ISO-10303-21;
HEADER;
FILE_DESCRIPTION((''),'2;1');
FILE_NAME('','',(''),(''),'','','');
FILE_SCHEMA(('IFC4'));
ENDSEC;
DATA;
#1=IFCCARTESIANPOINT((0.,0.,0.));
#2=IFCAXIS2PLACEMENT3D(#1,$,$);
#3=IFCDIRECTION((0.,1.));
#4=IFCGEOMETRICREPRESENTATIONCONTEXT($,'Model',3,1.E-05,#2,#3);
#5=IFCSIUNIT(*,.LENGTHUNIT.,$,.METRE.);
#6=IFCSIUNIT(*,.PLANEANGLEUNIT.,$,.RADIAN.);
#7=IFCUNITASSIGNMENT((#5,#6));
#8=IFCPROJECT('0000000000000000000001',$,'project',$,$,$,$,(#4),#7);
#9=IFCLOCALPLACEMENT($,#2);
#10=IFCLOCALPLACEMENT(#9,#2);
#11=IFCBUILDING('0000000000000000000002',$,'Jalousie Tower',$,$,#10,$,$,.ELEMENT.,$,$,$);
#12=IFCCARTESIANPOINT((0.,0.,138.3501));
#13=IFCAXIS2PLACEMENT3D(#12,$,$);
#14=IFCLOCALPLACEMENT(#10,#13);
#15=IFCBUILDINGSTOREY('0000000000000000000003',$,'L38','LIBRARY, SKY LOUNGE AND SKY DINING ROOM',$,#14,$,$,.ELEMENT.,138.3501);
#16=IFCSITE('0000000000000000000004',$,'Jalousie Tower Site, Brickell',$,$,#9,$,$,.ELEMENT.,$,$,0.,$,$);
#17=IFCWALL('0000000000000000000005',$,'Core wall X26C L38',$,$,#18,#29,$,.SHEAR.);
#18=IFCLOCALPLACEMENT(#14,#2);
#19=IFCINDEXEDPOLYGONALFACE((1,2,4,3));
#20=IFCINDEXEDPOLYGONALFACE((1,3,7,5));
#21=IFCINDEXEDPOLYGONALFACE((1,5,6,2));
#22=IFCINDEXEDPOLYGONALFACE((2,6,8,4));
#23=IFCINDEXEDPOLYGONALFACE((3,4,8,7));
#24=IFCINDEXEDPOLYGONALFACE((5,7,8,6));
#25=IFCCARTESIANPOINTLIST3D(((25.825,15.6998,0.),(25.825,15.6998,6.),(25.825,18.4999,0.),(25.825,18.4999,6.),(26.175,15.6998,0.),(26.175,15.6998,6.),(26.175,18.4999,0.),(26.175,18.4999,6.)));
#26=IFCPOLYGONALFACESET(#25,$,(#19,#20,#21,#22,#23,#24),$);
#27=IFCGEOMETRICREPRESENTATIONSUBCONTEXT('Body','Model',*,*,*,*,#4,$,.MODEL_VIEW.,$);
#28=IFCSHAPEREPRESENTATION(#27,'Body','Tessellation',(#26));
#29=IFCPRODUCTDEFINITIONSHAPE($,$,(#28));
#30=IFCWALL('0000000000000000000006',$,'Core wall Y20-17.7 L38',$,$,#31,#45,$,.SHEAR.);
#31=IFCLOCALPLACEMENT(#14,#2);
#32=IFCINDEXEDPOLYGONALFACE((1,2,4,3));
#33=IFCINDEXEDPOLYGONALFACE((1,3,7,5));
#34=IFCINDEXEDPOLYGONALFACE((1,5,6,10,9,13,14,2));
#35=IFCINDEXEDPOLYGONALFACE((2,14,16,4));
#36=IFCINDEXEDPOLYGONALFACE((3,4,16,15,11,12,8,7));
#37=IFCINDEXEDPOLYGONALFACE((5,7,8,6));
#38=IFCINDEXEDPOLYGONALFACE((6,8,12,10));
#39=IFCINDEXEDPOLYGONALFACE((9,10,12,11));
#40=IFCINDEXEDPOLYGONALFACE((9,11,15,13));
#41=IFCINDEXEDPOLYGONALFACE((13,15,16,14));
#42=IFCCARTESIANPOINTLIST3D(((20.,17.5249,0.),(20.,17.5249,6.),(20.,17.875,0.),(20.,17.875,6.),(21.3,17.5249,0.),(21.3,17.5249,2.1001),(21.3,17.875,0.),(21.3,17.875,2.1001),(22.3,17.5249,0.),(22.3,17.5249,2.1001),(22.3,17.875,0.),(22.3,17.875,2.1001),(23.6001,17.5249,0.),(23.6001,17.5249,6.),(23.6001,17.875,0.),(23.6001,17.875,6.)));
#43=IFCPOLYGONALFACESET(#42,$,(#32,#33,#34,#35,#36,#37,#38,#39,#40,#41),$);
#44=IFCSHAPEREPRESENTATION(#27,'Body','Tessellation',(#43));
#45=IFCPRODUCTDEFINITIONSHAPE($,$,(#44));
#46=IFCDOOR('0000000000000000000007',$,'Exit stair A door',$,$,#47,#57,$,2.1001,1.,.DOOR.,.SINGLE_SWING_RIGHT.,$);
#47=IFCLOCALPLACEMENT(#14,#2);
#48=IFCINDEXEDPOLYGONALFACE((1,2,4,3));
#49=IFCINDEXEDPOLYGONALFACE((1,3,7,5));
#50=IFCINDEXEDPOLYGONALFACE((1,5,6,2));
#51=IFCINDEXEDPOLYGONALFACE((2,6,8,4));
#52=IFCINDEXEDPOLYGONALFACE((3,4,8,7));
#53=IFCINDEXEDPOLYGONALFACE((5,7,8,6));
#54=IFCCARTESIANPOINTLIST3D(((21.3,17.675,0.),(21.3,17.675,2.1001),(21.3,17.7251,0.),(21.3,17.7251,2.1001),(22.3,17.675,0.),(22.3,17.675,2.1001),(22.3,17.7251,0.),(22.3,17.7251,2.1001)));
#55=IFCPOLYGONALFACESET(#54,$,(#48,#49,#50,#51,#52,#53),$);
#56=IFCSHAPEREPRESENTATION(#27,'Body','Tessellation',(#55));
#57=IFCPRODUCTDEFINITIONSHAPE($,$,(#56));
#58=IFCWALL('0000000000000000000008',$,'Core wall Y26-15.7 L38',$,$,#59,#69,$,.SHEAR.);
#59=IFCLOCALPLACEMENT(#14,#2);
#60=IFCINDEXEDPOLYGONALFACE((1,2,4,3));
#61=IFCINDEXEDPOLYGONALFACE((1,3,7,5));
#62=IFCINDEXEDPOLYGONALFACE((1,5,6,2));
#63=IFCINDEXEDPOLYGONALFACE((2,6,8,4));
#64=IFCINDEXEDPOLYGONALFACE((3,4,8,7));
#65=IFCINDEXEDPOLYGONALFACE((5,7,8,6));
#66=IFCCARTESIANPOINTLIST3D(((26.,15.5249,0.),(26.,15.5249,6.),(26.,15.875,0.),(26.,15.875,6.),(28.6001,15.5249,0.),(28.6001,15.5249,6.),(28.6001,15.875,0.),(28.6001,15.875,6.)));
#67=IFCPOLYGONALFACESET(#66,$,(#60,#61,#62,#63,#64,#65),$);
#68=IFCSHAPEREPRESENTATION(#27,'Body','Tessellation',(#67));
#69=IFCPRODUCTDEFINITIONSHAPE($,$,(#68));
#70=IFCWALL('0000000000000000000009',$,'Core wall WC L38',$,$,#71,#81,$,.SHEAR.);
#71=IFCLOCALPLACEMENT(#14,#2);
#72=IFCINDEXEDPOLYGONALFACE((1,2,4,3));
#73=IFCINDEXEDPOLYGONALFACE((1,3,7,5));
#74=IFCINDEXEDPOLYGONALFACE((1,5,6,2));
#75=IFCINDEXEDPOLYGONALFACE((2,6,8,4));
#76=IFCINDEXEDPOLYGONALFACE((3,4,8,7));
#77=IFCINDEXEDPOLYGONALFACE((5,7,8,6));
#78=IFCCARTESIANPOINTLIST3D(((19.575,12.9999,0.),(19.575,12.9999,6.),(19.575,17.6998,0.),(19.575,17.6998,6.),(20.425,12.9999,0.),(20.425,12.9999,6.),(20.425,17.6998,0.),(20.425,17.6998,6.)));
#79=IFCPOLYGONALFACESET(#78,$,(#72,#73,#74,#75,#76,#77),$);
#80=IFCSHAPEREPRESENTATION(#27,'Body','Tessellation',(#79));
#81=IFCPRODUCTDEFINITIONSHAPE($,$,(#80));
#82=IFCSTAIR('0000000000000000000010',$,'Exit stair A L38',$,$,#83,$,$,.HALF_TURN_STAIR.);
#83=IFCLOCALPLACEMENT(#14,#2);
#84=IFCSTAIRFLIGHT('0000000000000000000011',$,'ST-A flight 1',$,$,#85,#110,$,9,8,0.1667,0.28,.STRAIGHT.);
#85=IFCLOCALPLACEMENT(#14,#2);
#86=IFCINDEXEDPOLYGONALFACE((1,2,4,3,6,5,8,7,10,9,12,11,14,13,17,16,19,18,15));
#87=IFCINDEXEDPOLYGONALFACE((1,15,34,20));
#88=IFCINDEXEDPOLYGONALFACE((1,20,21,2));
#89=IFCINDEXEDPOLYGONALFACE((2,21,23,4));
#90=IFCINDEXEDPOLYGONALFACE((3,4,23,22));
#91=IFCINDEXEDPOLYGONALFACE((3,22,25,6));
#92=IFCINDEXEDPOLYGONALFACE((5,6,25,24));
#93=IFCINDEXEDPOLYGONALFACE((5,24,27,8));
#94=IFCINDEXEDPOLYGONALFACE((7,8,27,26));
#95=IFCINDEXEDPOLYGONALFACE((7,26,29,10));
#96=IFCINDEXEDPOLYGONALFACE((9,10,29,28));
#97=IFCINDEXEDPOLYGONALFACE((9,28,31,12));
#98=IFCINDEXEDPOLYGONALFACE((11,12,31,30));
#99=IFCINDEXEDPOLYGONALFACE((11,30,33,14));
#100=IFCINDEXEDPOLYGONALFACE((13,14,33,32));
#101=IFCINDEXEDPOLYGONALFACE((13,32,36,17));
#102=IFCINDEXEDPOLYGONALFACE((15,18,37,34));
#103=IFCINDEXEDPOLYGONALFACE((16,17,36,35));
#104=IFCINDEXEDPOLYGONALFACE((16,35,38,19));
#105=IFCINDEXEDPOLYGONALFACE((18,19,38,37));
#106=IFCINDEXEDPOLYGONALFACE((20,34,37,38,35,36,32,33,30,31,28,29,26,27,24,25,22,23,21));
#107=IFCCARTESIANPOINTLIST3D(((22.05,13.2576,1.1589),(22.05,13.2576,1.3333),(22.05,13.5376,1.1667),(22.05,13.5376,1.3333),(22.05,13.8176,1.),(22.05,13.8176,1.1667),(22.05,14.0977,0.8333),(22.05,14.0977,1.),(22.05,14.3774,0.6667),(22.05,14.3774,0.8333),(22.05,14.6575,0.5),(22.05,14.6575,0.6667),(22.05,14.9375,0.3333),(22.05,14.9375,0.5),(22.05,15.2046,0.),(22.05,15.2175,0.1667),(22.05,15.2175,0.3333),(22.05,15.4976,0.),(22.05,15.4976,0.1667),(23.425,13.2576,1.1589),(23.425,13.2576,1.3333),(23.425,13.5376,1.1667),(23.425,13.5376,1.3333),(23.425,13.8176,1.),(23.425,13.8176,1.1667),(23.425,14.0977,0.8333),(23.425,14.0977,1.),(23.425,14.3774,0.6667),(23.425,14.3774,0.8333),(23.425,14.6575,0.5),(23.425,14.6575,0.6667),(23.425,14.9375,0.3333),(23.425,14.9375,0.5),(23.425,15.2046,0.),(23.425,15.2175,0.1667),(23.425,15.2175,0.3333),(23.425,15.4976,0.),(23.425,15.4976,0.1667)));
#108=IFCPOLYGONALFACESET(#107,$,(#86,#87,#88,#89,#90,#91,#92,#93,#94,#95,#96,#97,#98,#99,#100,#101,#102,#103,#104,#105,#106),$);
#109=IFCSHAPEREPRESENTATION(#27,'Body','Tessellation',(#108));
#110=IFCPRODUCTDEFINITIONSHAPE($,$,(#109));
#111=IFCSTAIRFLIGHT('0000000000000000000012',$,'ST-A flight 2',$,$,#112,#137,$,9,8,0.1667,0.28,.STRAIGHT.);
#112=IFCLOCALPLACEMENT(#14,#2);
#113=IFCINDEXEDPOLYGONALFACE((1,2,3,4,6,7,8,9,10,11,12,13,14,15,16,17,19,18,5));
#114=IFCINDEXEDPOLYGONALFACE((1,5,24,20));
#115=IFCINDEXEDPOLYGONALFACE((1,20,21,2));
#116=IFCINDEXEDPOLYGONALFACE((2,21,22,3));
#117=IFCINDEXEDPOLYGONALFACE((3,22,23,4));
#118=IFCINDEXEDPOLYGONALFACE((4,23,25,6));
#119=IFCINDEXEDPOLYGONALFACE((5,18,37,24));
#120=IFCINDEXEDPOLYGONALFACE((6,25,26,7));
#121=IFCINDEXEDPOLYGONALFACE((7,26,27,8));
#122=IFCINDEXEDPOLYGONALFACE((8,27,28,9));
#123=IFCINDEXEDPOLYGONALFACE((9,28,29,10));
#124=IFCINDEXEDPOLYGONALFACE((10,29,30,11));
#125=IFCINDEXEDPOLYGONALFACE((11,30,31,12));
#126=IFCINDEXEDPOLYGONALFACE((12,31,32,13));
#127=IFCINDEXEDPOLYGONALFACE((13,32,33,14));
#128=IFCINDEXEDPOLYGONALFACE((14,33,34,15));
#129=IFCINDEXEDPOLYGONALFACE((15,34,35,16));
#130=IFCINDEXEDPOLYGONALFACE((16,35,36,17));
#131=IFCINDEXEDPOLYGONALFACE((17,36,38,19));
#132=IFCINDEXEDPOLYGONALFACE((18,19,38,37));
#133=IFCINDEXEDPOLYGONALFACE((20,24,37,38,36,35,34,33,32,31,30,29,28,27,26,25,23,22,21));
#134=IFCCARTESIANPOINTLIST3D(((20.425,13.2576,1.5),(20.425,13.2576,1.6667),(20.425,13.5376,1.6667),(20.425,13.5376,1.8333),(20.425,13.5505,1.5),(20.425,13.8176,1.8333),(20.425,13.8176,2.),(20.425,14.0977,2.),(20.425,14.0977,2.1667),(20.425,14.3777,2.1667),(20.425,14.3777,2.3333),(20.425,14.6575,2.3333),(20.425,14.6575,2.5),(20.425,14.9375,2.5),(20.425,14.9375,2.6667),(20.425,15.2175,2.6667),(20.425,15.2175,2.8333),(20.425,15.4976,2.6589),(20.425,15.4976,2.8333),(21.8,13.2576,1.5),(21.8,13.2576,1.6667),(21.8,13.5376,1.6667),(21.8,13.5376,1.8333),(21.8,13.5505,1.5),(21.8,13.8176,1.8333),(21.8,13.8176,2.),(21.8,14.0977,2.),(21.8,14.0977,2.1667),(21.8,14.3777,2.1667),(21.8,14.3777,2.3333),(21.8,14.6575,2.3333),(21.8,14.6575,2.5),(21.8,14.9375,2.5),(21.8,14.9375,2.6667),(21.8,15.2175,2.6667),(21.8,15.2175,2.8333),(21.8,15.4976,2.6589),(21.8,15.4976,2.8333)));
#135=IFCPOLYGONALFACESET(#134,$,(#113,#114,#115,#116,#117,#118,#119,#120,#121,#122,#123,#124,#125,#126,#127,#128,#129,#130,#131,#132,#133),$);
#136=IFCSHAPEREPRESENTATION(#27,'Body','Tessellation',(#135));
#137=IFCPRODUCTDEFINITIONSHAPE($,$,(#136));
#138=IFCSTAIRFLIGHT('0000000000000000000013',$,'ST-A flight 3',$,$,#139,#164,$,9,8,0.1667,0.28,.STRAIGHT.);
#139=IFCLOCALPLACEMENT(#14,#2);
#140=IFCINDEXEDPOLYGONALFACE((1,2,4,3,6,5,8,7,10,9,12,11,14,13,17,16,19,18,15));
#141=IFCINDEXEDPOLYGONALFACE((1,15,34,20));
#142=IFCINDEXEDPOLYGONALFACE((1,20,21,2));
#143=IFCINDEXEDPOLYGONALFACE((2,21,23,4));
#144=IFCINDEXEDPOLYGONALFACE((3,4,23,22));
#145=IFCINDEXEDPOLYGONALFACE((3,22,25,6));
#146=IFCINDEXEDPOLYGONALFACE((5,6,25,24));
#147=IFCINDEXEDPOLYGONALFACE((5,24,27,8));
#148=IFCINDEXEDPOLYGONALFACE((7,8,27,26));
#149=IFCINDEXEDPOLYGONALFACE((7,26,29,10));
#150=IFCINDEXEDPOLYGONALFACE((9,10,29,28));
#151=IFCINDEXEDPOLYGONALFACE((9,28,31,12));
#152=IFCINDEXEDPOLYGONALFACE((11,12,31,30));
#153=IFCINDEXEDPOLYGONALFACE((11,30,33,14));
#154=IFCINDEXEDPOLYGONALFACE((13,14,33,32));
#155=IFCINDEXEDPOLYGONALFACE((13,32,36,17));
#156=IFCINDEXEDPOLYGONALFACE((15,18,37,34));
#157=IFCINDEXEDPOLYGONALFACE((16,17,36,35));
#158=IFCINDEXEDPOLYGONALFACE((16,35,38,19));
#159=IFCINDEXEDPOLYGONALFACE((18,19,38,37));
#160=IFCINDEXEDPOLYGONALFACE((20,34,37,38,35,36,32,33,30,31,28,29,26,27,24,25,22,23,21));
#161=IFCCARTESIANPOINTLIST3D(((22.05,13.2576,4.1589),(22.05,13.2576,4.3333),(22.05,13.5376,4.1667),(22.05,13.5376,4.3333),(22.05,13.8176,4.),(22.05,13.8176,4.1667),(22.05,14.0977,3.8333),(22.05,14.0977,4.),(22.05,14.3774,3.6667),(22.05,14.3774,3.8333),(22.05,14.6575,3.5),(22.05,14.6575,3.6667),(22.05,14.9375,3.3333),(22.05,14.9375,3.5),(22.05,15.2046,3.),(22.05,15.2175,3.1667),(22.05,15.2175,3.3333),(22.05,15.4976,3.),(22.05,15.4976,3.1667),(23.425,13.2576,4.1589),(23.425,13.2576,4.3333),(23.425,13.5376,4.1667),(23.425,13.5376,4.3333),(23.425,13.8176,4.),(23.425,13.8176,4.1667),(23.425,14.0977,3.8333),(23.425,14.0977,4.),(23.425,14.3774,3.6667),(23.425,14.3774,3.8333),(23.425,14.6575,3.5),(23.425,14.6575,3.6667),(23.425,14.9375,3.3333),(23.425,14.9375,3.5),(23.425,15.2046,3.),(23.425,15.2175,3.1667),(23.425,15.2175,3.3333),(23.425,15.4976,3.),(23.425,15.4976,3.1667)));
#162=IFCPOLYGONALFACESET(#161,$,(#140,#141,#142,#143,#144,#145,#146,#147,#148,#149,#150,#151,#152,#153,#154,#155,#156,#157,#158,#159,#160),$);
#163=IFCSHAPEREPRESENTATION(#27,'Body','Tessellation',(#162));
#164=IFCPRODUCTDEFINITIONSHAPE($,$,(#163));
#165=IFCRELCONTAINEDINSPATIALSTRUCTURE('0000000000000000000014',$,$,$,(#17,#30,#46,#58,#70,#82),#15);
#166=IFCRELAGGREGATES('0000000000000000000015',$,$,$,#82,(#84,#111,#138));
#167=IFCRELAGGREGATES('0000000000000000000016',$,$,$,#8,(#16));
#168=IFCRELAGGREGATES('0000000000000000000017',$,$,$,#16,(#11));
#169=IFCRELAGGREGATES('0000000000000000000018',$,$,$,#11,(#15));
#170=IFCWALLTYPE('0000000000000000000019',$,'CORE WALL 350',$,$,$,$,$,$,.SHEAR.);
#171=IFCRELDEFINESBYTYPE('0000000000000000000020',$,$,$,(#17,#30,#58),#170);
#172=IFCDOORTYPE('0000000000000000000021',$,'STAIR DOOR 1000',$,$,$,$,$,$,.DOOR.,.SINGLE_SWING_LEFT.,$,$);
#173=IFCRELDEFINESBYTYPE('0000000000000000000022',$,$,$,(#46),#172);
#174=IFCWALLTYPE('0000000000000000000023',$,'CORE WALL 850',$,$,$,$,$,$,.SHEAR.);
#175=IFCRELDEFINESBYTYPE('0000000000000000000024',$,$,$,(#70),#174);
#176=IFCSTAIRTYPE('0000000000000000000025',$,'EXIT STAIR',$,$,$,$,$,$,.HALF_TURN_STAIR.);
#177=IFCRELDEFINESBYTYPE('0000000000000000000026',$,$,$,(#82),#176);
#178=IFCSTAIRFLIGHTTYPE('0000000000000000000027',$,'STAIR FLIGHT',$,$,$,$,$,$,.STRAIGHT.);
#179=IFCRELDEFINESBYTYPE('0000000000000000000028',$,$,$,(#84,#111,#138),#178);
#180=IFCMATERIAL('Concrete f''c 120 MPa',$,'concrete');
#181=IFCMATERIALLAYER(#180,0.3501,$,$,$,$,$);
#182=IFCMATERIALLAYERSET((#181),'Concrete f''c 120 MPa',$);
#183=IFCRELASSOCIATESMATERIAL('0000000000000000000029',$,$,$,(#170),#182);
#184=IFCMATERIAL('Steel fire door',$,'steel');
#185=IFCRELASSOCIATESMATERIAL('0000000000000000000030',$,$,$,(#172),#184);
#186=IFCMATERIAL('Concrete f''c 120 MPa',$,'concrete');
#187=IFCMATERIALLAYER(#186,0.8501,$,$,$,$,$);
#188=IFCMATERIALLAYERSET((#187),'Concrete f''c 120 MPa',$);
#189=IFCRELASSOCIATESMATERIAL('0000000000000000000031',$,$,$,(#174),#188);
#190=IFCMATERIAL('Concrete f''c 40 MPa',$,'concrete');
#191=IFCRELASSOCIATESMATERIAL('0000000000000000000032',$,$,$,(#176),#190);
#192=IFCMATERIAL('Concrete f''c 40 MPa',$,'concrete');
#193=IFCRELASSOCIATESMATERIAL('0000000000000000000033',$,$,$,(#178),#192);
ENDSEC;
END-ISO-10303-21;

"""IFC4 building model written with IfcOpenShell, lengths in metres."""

from ifc_helpers import new_model, si_unit, direction, frame, frame_2d, origin, place, context, subcontext, project, spatial, polyline, rectangle, outline, extrude, material, layer, layer_set, type_object, element, fill, aggregate, save


model = new_model("IFC4")

# Units and contexts
model_context = context("Model", 3, precision=1e-05, world=origin(), true_north=direction((0.0, 1.0)))
body_context = subcontext(model_context, "Body", "Model", "MODEL_VIEW")
ifc_project = project(units=[si_unit("LENGTHUNIT", "METRE"), si_unit("PLANEANGLEUNIT", "RADIAN")], contexts=[model_context])

# Site, building, storey
site_placement = place(None, origin())
site = spatial("IfcSite", under=ifc_project, at=site_placement, Name="Jalousie Tower Site, Brickell", CompositionType="ELEMENT", RefElevation=0.0)
building_placement = place(site_placement, origin())
building = spatial("IfcBuilding", under=site, at=building_placement, Name="Jalousie Tower", CompositionType="ELEMENT")
storey_placement = place(building_placement, frame((0.0, 0.0, 138.3501)))
storey = spatial("IfcBuildingStorey", under=building, at=storey_placement, Name="L38", Description="LIBRARY, SKY LOUNGE AND SKY DINING ROOM", CompositionType="ELEMENT", Elevation=138.3501)

# Wall
ifc_material_1 = material(Name="Concrete f'c 120 MPa", Category="concrete")
ifc_layer_1 = layer(ifc_material_1, 0.3501)
ifc_layer_set_1 = layer_set([ifc_layer_1], Name="Concrete f'c 120 MPa")
wall_type_1 = type_object("IfcWallType", Name="CORE WALL 350", PredefinedType="SHEAR", material=ifc_layer_set_1)
wall_1_placement = place(storey_placement, frame((26.0, 15.7, 0.0), z_axis=(0.0, 0.0, 1.0), x_axis=(0.0, 1.0, 0.0)))
element("IfcWall", 1, at=wall_1_placement, inside=storey, type_object=wall_type_1, Name="Core wall X26C L38", PredefinedType="SHEAR", context=body_context, shape_type="SweptSolid", body=[
    extrude(rectangle(XDim=2.8, YDim=0.3501, at=frame_2d((1.3999, 0.0))), origin(), (0.0, 0.0, 1.0), 6.0),
])

# Wall, opening, door
wall_2_placement = place(storey_placement, frame((20.0, 17.7, 0.0), z_axis=(0.0, 0.0, 1.0), x_axis=(1.0, 0.0, 0.0)))
wall_2 = element("IfcWall", 2, at=wall_2_placement, inside=storey, type_object=wall_type_1, Name="Core wall Y20-17.7 L38", PredefinedType="SHEAR", context=body_context, shape_type="SweptSolid", body=[
    extrude(rectangle(XDim=3.6001, YDim=0.3501, at=frame_2d((1.8, 0.0))), origin(), (0.0, 0.0, 1.0), 6.0),
])
opening_placement = place(wall_2_placement, frame((1.3, 0.0, 0.0)))
opening = element("IfcOpeningElement", 3, at=opening_placement, cuts=wall_2, PredefinedType="OPENING", context=body_context, shape_type="SweptSolid", body=[
    extrude(rectangle(XDim=1.0, YDim=2.1001, at=frame_2d((0.5, 1.05))), frame((0.0, 0.1851, 0.0), z_axis=(0.0, -1.0, 0.0), x_axis=(1.0, 0.0, 0.0)), (0.0, 0.0, 1.0), 0.3701),
])
ifc_material_2 = material(Name="Steel fire door", Category="steel")
door_type = type_object("IfcDoorType", Name="STAIR DOOR 1000", OperationType="SINGLE_SWING_LEFT", PredefinedType="DOOR", material=ifc_material_2)
door_placement = place(opening_placement, frame((1.0, 0.0, 0.0), z_axis=(0.0, 0.0, 1.0), x_axis=(-1.0, 0.0, 0.0)))
door = element("IfcDoor", 4, at=door_placement, inside=storey, type_object=door_type, Name="Exit stair A door", OperationType="SINGLE_SWING_RIGHT", OverallHeight=2.1001, OverallWidth=1.0, PredefinedType="DOOR", context=body_context, shape_type="SweptSolid", body=[
    extrude(rectangle(XDim=1.0, YDim=2.1001, at=frame_2d((0.5, 1.05))), frame((0.0, 0.0249, 0.0), z_axis=(0.0, -1.0, 0.0), x_axis=(1.0, 0.0, 0.0)), (0.0, 0.0, 1.0), 0.05),
])
fill(opening, door)

# Walls
wall_3_placement = place(storey_placement, frame((26.0, 15.7, 0.0), z_axis=(0.0, 0.0, 1.0), x_axis=(1.0, 0.0, 0.0)))
element("IfcWall", 5, at=wall_3_placement, inside=storey, type_object=wall_type_1, Name="Core wall Y26-15.7 L38", PredefinedType="SHEAR", context=body_context, shape_type="SweptSolid", body=[
    extrude(rectangle(XDim=2.6001, YDim=0.3501, at=frame_2d((1.3, 0.0))), origin(), (0.0, 0.0, 1.0), 6.0),
])
ifc_material_3 = material(Name="Concrete f'c 120 MPa", Category="concrete")
ifc_layer_2 = layer(ifc_material_3, 0.8501)
ifc_layer_set_2 = layer_set([ifc_layer_2], Name="Concrete f'c 120 MPa")
wall_type_2 = type_object("IfcWallType", Name="CORE WALL 850", PredefinedType="SHEAR", material=ifc_layer_set_2)
wall_4_placement = place(storey_placement, frame((20.0, 17.7, 0.0), z_axis=(0.0, 0.0, 1.0), x_axis=(0.0, -1.0, 0.0)))
element("IfcWall", 6, at=wall_4_placement, inside=storey, type_object=wall_type_2, Name="Core wall WC L38", PredefinedType="SHEAR", context=body_context, shape_type="SweptSolid", body=[
    extrude(rectangle(XDim=4.7, YDim=0.8501, at=frame_2d((2.3501, 0.0))), origin(), (0.0, 0.0, 1.0), 6.0),
])

# Stair, stair flights
ifc_material_4 = material(Name="Concrete f'c 40 MPa", Category="concrete")
stair_type = type_object("IfcStairType", Name="EXIT STAIR", PredefinedType="HALF_TURN_STAIR", material=ifc_material_4)
stair_placement = place(storey_placement, origin())
stair = element("IfcStair", 7, at=stair_placement, inside=storey, type_object=stair_type, Name="Exit stair A L38", PredefinedType="HALF_TURN_STAIR")
ifc_material_5 = material(Name="Concrete f'c 40 MPa", Category="concrete")
stair_flight_type = type_object("IfcStairFlightType", Name="STAIR FLIGHT", PredefinedType="STRAIGHT", material=ifc_material_5)
stair_flight_1_placement = place(storey_placement, frame((22.7375, 15.4976, 0.0), z_axis=(0.0, 0.0, 1.0), x_axis=(0.0, -1.0, 0.0)))
stair_flight_1 = element("IfcStairFlight", 8, at=stair_flight_1_placement, type_object=stair_flight_type, Name="ST-A flight 1", NumberOfRisers=9, NumberOfTreads=8, PredefinedType="STRAIGHT", RiserHeight=0.1667, TreadLength=0.28, context=body_context, shape_type="SweptSolid", body=[
    extrude(outline(polyline([(0.0, 0.0), (0.0, 0.1667), (0.28, 0.1667), (0.28, 0.3333), (0.5601, 0.3333), (0.5601, 0.5), (0.8401, 0.5), (0.8401, 0.6667), (1.1201, 0.6667), (1.1201, 0.8333), (1.3999, 0.8333), (1.3999, 1.0), (1.6799, 1.0), (1.6799, 1.1667), (1.96, 1.1667), (1.96, 1.3333), (2.24, 1.3333), (2.24, 1.5), (2.24, 1.1589), (0.293, 0.0), (0.0, 0.0)])), frame((0.0, 0.6875, 0.0), z_axis=(0.0, -1.0, 0.0), x_axis=(1.0, 0.0, 0.0)), (0.0, 0.0, 1.0), 1.375),
])
stair_flight_2_placement = place(storey_placement, frame((21.1125, 13.2576, 1.5), z_axis=(0.0, 0.0, 1.0), x_axis=(0.0, 1.0, 0.0)))
stair_flight_2 = element("IfcStairFlight", 9, at=stair_flight_2_placement, type_object=stair_flight_type, Name="ST-A flight 2", NumberOfRisers=9, NumberOfTreads=8, PredefinedType="STRAIGHT", RiserHeight=0.1667, TreadLength=0.28, context=body_context, shape_type="SweptSolid", body=[
    extrude(outline(polyline([(0.0, 0.0), (0.0, 0.1667), (0.28, 0.1667), (0.28, 0.3333), (0.5601, 0.3333), (0.5601, 0.5), (0.8401, 0.5), (0.8401, 0.6667), (1.1201, 0.6667), (1.1201, 0.8333), (1.3999, 0.8333), (1.3999, 1.0), (1.6799, 1.0), (1.6799, 1.1667), (1.96, 1.1667), (1.96, 1.3333), (2.24, 1.3333), (2.24, 1.5), (2.24, 1.1589), (0.293, 0.0), (0.0, 0.0)])), frame((0.0, 0.6875, 0.0), z_axis=(0.0, -1.0, 0.0), x_axis=(1.0, 0.0, 0.0)), (0.0, 0.0, 1.0), 1.375),
])
stair_flight_3_placement = place(storey_placement, frame((22.7375, 15.4976, 3.0), z_axis=(0.0, 0.0, 1.0), x_axis=(0.0, -1.0, 0.0)))
stair_flight_3 = element("IfcStairFlight", 10, at=stair_flight_3_placement, type_object=stair_flight_type, Name="ST-A flight 3", NumberOfRisers=9, NumberOfTreads=8, PredefinedType="STRAIGHT", RiserHeight=0.1667, TreadLength=0.28, context=body_context, shape_type="SweptSolid", body=[
    extrude(outline(polyline([(0.0, 0.0), (0.0, 0.1667), (0.28, 0.1667), (0.28, 0.3333), (0.5601, 0.3333), (0.5601, 0.5), (0.8401, 0.5), (0.8401, 0.6667), (1.1201, 0.6667), (1.1201, 0.8333), (1.3999, 0.8333), (1.3999, 1.0), (1.6799, 1.0), (1.6799, 1.1667), (1.96, 1.1667), (1.96, 1.3333), (2.24, 1.3333), (2.24, 1.5), (2.24, 1.1589), (0.293, 0.0), (0.0, 0.0)])), frame((0.0, 0.6875, 0.0), z_axis=(0.0, -1.0, 0.0), x_axis=(1.0, 0.0, 0.0)), (0.0, 0.0, 1.0), 1.375),
])
aggregate(stair, [stair_flight_1, stair_flight_2, stair_flight_3])

save(model, "model.ifc")
